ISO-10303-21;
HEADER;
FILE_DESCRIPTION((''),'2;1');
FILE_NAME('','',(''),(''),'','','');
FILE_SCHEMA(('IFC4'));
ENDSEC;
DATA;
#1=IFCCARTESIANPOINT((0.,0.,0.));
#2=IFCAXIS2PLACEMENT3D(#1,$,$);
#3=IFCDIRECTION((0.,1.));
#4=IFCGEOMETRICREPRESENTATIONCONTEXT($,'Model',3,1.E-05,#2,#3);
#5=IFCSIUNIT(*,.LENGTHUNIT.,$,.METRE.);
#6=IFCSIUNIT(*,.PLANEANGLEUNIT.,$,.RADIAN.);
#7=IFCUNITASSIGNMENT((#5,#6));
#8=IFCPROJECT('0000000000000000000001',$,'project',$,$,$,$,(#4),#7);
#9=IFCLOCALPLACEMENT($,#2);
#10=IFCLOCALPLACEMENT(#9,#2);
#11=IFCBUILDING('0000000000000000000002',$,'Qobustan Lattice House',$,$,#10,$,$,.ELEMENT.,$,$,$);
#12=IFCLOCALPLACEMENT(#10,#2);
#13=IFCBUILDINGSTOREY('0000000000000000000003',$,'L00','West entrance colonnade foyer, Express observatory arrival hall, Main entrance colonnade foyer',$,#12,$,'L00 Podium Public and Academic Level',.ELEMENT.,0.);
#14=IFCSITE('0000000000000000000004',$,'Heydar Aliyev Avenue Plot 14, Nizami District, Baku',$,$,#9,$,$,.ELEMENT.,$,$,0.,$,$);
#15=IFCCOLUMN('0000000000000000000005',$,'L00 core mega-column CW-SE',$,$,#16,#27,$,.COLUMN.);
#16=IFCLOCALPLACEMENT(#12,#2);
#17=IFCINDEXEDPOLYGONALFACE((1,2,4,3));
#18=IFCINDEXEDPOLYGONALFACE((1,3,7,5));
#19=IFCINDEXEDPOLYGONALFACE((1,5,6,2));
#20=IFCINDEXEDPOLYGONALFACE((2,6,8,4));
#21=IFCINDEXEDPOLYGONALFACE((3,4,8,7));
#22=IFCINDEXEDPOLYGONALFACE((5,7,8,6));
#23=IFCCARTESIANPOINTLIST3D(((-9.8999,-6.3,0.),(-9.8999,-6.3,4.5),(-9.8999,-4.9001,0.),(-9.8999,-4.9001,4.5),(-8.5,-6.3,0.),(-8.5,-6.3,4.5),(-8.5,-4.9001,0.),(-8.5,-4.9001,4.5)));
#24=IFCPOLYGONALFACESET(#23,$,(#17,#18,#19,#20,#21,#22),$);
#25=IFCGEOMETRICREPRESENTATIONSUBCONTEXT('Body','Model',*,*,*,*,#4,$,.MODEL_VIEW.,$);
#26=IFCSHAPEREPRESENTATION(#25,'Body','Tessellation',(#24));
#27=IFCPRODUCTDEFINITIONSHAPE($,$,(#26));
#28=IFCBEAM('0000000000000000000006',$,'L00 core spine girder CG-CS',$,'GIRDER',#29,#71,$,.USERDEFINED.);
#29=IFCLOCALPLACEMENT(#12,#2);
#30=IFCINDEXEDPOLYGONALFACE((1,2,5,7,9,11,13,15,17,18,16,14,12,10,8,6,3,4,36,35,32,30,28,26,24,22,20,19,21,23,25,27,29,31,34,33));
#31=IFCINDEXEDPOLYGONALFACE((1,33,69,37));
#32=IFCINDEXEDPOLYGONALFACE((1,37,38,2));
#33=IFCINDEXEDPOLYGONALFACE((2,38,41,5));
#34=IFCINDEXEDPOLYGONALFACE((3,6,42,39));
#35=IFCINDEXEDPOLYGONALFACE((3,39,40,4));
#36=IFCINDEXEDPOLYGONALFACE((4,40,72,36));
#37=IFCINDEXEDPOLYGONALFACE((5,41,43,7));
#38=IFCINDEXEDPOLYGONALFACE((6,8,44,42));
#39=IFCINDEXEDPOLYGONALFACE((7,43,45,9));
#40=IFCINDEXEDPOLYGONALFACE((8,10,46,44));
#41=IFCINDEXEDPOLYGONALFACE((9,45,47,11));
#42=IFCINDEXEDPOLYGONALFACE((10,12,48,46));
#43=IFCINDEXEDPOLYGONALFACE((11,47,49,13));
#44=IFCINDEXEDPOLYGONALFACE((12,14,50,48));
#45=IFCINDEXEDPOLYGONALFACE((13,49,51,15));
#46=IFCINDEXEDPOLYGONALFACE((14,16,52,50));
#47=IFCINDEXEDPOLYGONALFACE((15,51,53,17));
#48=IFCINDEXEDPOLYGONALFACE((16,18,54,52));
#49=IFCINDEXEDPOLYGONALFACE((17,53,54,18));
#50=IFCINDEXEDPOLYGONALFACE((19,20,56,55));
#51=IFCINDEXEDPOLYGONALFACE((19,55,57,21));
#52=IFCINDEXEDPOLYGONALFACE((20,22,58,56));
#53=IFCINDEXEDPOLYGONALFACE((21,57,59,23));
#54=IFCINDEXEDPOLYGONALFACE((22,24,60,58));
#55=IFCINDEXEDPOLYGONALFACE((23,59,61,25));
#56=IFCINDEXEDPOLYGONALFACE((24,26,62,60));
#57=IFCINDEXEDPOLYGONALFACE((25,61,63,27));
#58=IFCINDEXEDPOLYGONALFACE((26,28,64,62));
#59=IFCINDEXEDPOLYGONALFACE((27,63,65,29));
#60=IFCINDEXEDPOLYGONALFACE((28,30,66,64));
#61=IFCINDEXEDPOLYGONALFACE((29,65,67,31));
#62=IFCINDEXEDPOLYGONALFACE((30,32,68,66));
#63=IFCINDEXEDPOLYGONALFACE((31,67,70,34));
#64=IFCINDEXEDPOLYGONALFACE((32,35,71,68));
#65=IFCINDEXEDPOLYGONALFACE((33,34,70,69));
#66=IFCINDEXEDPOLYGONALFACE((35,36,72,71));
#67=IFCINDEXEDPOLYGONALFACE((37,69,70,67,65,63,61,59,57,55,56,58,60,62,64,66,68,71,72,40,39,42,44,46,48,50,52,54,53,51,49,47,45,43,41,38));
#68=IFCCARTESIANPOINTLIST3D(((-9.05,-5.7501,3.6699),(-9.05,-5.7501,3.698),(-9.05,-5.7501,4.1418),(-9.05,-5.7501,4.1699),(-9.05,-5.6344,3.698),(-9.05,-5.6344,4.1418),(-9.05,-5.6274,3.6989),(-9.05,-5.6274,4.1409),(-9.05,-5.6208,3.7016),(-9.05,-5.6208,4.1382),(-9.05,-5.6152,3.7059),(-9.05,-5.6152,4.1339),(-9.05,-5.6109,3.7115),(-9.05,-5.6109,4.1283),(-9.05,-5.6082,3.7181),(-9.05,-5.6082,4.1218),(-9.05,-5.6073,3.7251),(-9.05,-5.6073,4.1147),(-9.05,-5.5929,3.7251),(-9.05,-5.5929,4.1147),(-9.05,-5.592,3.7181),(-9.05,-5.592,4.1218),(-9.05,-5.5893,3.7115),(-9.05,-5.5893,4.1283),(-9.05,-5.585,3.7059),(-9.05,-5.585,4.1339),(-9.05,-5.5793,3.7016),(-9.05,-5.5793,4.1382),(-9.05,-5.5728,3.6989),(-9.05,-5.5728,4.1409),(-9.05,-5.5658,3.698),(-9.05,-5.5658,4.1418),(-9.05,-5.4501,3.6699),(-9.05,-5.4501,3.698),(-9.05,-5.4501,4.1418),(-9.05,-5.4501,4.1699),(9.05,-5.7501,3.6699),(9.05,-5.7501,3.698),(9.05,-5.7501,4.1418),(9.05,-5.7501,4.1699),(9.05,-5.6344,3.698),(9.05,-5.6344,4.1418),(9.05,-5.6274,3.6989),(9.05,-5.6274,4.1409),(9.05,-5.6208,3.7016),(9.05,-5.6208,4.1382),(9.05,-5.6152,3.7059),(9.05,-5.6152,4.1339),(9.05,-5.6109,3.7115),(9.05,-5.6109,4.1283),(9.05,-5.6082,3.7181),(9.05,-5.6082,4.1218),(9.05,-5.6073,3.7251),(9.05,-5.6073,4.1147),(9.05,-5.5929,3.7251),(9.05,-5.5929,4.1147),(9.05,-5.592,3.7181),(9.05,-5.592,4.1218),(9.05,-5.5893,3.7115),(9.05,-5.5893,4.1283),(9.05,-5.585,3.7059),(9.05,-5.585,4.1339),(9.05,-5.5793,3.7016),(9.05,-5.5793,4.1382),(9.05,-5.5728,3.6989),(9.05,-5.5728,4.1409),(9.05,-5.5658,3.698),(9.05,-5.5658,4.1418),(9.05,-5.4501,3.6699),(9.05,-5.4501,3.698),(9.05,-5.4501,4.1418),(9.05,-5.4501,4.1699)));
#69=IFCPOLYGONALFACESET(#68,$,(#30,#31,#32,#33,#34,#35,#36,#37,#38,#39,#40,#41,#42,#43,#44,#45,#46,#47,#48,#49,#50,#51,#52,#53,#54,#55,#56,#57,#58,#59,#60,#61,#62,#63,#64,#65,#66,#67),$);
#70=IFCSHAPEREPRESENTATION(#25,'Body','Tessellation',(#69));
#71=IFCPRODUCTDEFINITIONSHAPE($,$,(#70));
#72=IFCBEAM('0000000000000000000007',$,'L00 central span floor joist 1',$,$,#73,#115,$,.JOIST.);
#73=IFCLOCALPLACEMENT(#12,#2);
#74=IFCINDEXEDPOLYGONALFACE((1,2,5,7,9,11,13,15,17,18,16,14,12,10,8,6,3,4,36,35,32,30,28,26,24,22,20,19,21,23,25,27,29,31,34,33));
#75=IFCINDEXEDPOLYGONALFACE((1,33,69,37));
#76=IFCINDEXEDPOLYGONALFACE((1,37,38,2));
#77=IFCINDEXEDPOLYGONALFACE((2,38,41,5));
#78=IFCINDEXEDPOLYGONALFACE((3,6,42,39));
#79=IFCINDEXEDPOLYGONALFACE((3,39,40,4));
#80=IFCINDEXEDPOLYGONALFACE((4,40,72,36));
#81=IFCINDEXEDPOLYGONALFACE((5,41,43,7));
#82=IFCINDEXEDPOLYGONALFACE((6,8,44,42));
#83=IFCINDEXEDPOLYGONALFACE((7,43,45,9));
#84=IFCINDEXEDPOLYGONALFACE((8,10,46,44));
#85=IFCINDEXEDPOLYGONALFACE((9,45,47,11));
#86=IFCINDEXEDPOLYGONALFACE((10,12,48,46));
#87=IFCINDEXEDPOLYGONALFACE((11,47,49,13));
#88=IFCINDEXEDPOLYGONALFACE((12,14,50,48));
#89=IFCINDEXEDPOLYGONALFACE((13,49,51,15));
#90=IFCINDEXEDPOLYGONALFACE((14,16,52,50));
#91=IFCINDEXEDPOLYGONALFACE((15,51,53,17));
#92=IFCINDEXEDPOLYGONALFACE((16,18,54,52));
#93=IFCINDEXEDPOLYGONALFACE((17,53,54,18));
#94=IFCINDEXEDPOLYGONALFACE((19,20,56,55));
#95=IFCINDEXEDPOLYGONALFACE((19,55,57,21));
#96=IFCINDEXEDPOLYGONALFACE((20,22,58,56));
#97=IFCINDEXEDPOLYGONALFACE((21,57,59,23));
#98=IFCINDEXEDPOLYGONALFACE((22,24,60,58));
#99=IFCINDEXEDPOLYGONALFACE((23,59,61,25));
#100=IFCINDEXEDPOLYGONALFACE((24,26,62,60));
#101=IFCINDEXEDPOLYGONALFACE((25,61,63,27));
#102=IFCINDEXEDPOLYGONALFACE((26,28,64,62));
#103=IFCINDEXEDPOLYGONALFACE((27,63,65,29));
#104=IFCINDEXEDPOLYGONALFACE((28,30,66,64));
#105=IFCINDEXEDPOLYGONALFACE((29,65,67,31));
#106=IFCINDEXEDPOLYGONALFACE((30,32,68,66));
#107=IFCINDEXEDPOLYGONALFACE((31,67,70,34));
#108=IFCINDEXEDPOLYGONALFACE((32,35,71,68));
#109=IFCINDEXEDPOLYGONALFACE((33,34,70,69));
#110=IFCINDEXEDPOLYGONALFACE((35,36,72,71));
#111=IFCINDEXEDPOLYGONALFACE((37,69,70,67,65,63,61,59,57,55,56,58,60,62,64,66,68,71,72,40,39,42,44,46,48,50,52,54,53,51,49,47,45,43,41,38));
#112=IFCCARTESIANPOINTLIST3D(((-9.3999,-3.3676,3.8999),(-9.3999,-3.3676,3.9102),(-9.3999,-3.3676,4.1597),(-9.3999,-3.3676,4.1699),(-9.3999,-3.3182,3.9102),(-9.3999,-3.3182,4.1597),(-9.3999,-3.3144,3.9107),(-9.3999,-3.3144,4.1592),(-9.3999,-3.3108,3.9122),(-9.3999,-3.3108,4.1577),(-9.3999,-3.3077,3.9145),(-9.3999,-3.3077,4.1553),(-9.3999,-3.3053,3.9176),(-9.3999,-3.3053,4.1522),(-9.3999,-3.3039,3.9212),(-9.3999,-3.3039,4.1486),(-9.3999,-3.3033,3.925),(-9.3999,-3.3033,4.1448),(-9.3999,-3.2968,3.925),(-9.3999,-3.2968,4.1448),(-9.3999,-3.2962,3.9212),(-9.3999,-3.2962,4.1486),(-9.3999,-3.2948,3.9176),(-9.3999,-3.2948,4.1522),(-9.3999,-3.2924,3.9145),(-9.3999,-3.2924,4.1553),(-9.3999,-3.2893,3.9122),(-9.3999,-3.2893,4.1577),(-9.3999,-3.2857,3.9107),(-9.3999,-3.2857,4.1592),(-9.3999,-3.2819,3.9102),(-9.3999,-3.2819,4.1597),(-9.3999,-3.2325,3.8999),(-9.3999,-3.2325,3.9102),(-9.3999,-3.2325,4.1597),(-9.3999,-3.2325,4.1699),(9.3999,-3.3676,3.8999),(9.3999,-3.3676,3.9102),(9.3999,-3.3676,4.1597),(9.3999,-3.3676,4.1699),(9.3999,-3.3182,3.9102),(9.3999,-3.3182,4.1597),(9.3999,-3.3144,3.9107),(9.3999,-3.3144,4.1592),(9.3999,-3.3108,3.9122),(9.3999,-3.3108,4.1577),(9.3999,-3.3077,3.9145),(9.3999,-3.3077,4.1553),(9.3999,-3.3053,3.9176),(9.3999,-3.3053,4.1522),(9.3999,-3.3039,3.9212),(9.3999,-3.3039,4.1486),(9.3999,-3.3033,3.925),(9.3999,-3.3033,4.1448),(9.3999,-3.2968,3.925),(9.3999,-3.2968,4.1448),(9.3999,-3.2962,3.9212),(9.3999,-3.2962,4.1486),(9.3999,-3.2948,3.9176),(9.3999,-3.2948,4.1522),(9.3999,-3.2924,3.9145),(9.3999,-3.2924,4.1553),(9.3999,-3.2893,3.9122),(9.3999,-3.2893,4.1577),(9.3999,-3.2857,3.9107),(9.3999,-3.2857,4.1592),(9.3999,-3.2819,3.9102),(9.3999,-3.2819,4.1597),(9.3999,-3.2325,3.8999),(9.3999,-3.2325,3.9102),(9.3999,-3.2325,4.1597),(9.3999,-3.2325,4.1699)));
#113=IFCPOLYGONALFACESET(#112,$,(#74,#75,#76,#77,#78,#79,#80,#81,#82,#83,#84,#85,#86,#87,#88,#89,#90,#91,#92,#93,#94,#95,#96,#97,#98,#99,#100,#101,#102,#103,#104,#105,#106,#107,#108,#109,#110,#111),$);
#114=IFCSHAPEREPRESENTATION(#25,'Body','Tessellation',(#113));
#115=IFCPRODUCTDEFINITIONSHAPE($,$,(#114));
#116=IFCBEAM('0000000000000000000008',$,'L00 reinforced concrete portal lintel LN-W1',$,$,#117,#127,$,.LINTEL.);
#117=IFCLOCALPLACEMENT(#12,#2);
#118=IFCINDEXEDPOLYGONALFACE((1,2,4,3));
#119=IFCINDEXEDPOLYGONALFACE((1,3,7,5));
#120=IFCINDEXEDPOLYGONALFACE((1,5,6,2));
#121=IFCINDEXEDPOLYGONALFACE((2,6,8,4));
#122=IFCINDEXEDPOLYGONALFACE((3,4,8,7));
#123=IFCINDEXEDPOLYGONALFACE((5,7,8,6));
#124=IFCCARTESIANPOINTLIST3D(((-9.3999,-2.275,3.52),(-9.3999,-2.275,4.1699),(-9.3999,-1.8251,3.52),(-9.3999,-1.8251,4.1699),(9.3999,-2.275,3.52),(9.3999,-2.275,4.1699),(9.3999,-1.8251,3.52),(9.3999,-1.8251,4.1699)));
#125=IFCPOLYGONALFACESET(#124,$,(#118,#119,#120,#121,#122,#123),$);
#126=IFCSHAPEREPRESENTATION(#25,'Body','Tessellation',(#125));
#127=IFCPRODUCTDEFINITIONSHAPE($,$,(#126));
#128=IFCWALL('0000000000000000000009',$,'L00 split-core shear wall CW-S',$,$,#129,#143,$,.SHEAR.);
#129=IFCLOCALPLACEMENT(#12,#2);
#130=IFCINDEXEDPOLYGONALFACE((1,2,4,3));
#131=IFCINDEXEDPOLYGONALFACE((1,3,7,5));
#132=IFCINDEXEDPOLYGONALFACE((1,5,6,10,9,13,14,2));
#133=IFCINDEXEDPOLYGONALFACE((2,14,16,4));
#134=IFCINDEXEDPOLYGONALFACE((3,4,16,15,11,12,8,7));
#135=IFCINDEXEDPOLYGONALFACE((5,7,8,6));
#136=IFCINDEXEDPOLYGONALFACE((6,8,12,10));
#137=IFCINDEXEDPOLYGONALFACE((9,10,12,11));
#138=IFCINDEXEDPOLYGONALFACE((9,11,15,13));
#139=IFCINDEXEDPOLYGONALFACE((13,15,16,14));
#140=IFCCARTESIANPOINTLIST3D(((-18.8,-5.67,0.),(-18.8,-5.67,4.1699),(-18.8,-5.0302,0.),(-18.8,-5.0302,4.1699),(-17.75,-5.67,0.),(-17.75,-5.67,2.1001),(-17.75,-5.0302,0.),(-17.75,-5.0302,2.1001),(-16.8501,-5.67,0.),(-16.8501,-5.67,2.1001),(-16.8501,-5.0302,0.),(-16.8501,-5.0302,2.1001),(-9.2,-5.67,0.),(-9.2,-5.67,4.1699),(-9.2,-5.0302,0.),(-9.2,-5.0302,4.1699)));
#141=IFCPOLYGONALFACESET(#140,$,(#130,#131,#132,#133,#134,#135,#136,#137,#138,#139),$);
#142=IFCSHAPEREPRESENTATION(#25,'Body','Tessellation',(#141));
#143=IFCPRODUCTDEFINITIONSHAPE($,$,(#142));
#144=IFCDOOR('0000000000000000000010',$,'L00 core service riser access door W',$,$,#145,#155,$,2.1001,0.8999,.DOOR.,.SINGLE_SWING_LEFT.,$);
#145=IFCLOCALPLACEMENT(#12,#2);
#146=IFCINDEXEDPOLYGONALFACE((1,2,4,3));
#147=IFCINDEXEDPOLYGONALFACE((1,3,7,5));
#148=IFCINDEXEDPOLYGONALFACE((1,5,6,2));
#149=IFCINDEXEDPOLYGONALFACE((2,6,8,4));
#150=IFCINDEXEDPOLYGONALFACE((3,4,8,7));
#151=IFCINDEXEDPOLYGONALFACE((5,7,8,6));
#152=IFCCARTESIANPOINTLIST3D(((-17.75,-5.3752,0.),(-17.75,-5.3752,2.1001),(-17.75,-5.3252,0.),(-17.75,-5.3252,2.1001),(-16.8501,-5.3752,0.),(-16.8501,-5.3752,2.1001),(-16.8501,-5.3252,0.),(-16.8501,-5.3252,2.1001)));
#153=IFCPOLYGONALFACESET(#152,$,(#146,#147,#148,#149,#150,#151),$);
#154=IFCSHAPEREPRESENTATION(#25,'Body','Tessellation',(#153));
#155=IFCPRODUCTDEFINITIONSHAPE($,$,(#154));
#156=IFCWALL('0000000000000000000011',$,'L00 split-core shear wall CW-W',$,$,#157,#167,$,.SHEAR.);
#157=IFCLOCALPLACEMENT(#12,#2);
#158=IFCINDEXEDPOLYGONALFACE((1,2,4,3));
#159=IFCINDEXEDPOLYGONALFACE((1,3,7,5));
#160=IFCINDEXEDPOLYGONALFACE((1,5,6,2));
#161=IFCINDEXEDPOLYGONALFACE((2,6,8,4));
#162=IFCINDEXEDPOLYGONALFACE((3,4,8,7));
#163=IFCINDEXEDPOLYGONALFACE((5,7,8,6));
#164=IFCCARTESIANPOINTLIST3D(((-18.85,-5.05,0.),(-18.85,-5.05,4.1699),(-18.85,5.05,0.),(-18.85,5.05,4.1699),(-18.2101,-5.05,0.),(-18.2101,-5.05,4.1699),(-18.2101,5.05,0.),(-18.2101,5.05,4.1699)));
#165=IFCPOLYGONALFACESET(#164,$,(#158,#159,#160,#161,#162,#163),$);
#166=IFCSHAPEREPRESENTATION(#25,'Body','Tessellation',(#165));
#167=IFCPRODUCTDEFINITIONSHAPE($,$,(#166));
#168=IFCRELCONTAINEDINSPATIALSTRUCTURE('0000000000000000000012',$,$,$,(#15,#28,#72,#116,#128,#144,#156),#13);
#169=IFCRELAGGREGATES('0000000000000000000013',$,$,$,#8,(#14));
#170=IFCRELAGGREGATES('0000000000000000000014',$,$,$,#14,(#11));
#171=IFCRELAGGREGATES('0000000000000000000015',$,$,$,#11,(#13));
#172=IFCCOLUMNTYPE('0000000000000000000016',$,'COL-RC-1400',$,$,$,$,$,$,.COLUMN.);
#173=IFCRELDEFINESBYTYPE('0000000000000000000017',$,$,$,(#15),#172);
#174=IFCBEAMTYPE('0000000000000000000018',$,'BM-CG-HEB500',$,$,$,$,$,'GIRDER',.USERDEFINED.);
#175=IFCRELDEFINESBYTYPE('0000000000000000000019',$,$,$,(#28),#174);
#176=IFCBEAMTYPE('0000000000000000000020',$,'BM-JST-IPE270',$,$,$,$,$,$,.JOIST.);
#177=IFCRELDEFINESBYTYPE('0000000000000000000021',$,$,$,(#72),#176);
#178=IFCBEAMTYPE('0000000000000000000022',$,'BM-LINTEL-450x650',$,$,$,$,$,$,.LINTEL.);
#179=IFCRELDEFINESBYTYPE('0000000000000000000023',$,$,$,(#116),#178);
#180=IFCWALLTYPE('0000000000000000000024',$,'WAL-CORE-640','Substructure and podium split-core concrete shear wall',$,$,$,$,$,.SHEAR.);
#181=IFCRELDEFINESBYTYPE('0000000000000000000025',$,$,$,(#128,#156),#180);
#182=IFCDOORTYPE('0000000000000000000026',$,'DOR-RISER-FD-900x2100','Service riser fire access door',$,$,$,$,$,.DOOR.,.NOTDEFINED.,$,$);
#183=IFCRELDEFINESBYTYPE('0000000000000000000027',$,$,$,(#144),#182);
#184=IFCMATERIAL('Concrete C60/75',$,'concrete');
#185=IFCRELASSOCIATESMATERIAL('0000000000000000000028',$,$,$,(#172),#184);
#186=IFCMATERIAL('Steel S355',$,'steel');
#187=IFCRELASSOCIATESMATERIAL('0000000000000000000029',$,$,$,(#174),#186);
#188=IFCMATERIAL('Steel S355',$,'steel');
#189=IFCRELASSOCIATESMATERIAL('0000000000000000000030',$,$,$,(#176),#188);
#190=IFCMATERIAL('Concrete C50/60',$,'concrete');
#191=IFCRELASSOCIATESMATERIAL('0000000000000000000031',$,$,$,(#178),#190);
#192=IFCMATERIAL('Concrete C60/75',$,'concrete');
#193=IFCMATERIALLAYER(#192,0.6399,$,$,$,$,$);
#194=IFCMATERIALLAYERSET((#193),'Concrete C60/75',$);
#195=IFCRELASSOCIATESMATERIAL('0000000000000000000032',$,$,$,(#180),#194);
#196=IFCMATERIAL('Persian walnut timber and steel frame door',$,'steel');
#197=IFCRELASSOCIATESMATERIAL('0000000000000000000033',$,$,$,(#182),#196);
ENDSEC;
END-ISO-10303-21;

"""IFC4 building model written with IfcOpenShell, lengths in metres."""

from ifc_helpers import new_model, si_unit, direction, frame, frame_2d, origin, origin_2d, place, context, subcontext, project, spatial, rectangle, i_section, extrude, material, layer, layer_set, material_profile, profile_set, type_object, element, fill, save


model = new_model("IFC4")

# Units and contexts
model_context = context("Model", 3, precision=1e-05, world=origin(), true_north=direction((0.0, 1.0)))
body_context = subcontext(model_context, "Body", "Model", "MODEL_VIEW")
ifc_project = project(units=[si_unit("LENGTHUNIT", "METRE"), si_unit("PLANEANGLEUNIT", "RADIAN")], contexts=[model_context])

# Site, building, storey
site_placement = place(None, origin())
site = spatial("IfcSite", under=ifc_project, at=site_placement, Name="Heydar Aliyev Avenue Plot 14, Nizami District, Baku", CompositionType="ELEMENT", RefElevation=0.0)
building_placement = place(site_placement, origin())
building = spatial("IfcBuilding", under=site, at=building_placement, Name="Qobustan Lattice House", CompositionType="ELEMENT")
storey_placement = place(building_placement, origin())
storey = spatial("IfcBuildingStorey", under=building, at=storey_placement, Name="L00", Description="West entrance colonnade foyer, Express observatory arrival hall, Main entrance colonnade foyer", LongName="L00 Podium Public and Academic Level", CompositionType="ELEMENT", Elevation=0.0)

# Column
ifc_material_1 = material(Name="Concrete C60/75", Category="concrete")
ifc_material_profile_1 = material_profile(ifc_material_1, rectangle(XDim=1.3999, YDim=1.3999, at=origin_2d()), Name="RC1400x1400")
ifc_profile_set_1 = profile_set([ifc_material_profile_1], Name="Concrete C60/75")
column_type = type_object("IfcColumnType", Name="COL-RC-1400", PredefinedType="COLUMN", material=ifc_profile_set_1)
column_placement = place(storey_placement, frame((-9.2, -5.6001, 0.0), z_axis=(0.0, 0.0, 1.0), x_axis=(1.0, 0.0, 0.0)))
element("IfcColumn", 1, at=column_placement, inside=storey, type_object=column_type, Name="L00 core mega-column CW-SE", PredefinedType="COLUMN", context=body_context, shape_type="SweptSolid", body=[
    extrude(rectangle(XDim=1.3999, YDim=1.3999, at=origin_2d()), origin(), (0.0, 0.0, 1.0), 4.5),
])

# Beams
ifc_material_2 = material(Name="Steel S355", Category="steel")
ifc_material_profile_2 = material_profile(ifc_material_2, i_section(OverallWidth=0.3, OverallDepth=0.5, WebThickness=0.0144, FlangeThickness=0.0281, FilletRadius=0.0271, at=origin_2d()), Name="HEB500")
ifc_profile_set_2 = profile_set([ifc_material_profile_2], Name="Steel S355")
beam_type_1 = type_object("IfcBeamType", Name="BM-CG-HEB500", ElementType="GIRDER", PredefinedType="USERDEFINED", material=ifc_profile_set_2)
beam_1_placement = place(storey_placement, frame((-9.05, -5.6001, 3.9199), z_axis=(1.0, 0.0, 0.0), x_axis=(0.0, 1.0, 0.0)))
element("IfcBeam", 2, at=beam_1_placement, inside=storey, type_object=beam_type_1, Name="L00 core spine girder CG-CS", ObjectType="GIRDER", PredefinedType="USERDEFINED", context=body_context, shape_type="SweptSolid", body=[
    extrude(i_section(OverallWidth=0.3, OverallDepth=0.5, WebThickness=0.0144, FlangeThickness=0.0281, FilletRadius=0.0271, at=origin_2d()), origin(), (0.0, 0.0, 1.0), 18.1001),
])
ifc_material_3 = material(Name="Steel S355", Category="steel")
ifc_material_profile_3 = material_profile(ifc_material_3, i_section(OverallWidth=0.135, OverallDepth=0.27, WebThickness=0.0066, FlangeThickness=0.0103, FilletRadius=0.0149, at=origin_2d()), Name="IPE270")
ifc_profile_set_3 = profile_set([ifc_material_profile_3], Name="Steel S355")
beam_type_2 = type_object("IfcBeamType", Name="BM-JST-IPE270", PredefinedType="JOIST", material=ifc_profile_set_3)
beam_2_placement = place(storey_placement, frame((-9.3999, -3.3, 4.0349), z_axis=(1.0, 0.0, 0.0), x_axis=(0.0, 1.0, 0.0)))
element("IfcBeam", 3, at=beam_2_placement, inside=storey, type_object=beam_type_2, Name="L00 central span floor joist 1", PredefinedType="JOIST", context=body_context, shape_type="SweptSolid", body=[
    extrude(i_section(OverallWidth=0.135, OverallDepth=0.27, WebThickness=0.0066, FlangeThickness=0.0103, FilletRadius=0.0149, at=origin_2d()), origin(), (0.0, 0.0, 1.0), 18.7998),
])
ifc_material_4 = material(Name="Concrete C50/60", Category="concrete")
ifc_material_profile_4 = material_profile(ifc_material_4, rectangle(XDim=0.45, YDim=0.6499, at=origin_2d()), Name="RC450x650")
ifc_profile_set_4 = profile_set([ifc_material_profile_4], Name="Concrete C50/60")
beam_type_3 = type_object("IfcBeamType", Name="BM-LINTEL-450x650", PredefinedType="LINTEL", material=ifc_profile_set_4)
beam_3_placement = place(storey_placement, frame((-9.3999, -2.05, 3.845), z_axis=(1.0, 0.0, 0.0), x_axis=(0.0, 1.0, 0.0)))
element("IfcBeam", 4, at=beam_3_placement, inside=storey, type_object=beam_type_3, Name="L00 reinforced concrete portal lintel LN-W1", PredefinedType="LINTEL", context=body_context, shape_type="SweptSolid", body=[
    extrude(rectangle(XDim=0.45, YDim=0.6499, at=origin_2d()), origin(), (0.0, 0.0, 1.0), 18.7998),
])

# Wall, opening, door
ifc_material_5 = material(Name="Concrete C60/75", Category="concrete")
ifc_layer_1 = layer(ifc_material_5, 0.6399)
ifc_layer_set_1 = layer_set([ifc_layer_1], Name="Concrete C60/75")
wall_type_1 = type_object("IfcWallType", Name="WAL-CORE-640", Description="Substructure and podium split-core concrete shear wall", PredefinedType="SHEAR", material=ifc_layer_set_1)
wall_1_placement = place(storey_placement, frame((-18.8, -5.3501, 0.0), z_axis=(0.0, 0.0, 1.0), x_axis=(1.0, 0.0, 0.0)))
wall_1 = element("IfcWall", 5, at=wall_1_placement, inside=storey, type_object=wall_type_1, Name="L00 split-core shear wall CW-S", PredefinedType="SHEAR", context=body_context, shape_type="SweptSolid", body=[
    extrude(rectangle(XDim=9.6001, YDim=0.6399, at=frame_2d((4.8, 0.0))), origin(), (0.0, 0.0, 1.0), 4.1699),
])
opening_1_placement = place(wall_1_placement, frame((1.05, 0.0, 0.0)))
opening_1 = element("IfcOpeningElement", 6, at=opening_1_placement, cuts=wall_1, PredefinedType="OPENING", context=body_context, shape_type="SweptSolid", body=[
    extrude(rectangle(XDim=0.8999, YDim=2.1001, at=frame_2d((0.45, 1.05))), frame((0.0, 0.3298, 0.0), z_axis=(0.0, -1.0, 0.0), x_axis=(1.0, 0.0, 0.0)), (0.0, 0.0, 1.0), 0.6599),
])
ifc_material_6 = material(Name="Persian walnut timber and steel frame door", Category="steel")
door_type_1 = type_object("IfcDoorType", Name="DOR-RISER-FD-900x2100", Description="Service riser fire access door", OperationType="NOTDEFINED", PredefinedType="DOOR", material=ifc_material_6)
door_1_placement = place(opening_1_placement, origin())
door_1 = element("IfcDoor", 7, at=door_1_placement, inside=storey, type_object=door_type_1, Name="L00 core service riser access door W", OperationType="SINGLE_SWING_LEFT", OverallHeight=2.1001, OverallWidth=0.8999, PredefinedType="DOOR", context=body_context, shape_type="SweptSolid", body=[
    extrude(rectangle(XDim=0.8999, YDim=2.1001, at=frame_2d((0.45, 1.05))), frame((0.0, 0.0249, 0.0), z_axis=(0.0, -1.0, 0.0), x_axis=(1.0, 0.0, 0.0)), (0.0, 0.0, 1.0), 0.05),
])
fill(opening_1, door_1)

# Wall
wall_2_placement = place(storey_placement, frame((-18.53, -5.05, 0.0), z_axis=(0.0, 0.0, 1.0), x_axis=(0.0, 1.0, 0.0)))
element("IfcWall", 8, at=wall_2_placement, inside=storey, type_object=wall_type_1, Name="L00 split-core shear wall CW-W", PredefinedType="SHEAR", context=body_context, shape_type="SweptSolid", body=[
    extrude(rectangle(XDim=10.1001, YDim=0.6399, at=frame_2d((5.05, 0.0))), origin(), (0.0, 0.0, 1.0), 4.1699),
])

save(model, "model.ifc")
